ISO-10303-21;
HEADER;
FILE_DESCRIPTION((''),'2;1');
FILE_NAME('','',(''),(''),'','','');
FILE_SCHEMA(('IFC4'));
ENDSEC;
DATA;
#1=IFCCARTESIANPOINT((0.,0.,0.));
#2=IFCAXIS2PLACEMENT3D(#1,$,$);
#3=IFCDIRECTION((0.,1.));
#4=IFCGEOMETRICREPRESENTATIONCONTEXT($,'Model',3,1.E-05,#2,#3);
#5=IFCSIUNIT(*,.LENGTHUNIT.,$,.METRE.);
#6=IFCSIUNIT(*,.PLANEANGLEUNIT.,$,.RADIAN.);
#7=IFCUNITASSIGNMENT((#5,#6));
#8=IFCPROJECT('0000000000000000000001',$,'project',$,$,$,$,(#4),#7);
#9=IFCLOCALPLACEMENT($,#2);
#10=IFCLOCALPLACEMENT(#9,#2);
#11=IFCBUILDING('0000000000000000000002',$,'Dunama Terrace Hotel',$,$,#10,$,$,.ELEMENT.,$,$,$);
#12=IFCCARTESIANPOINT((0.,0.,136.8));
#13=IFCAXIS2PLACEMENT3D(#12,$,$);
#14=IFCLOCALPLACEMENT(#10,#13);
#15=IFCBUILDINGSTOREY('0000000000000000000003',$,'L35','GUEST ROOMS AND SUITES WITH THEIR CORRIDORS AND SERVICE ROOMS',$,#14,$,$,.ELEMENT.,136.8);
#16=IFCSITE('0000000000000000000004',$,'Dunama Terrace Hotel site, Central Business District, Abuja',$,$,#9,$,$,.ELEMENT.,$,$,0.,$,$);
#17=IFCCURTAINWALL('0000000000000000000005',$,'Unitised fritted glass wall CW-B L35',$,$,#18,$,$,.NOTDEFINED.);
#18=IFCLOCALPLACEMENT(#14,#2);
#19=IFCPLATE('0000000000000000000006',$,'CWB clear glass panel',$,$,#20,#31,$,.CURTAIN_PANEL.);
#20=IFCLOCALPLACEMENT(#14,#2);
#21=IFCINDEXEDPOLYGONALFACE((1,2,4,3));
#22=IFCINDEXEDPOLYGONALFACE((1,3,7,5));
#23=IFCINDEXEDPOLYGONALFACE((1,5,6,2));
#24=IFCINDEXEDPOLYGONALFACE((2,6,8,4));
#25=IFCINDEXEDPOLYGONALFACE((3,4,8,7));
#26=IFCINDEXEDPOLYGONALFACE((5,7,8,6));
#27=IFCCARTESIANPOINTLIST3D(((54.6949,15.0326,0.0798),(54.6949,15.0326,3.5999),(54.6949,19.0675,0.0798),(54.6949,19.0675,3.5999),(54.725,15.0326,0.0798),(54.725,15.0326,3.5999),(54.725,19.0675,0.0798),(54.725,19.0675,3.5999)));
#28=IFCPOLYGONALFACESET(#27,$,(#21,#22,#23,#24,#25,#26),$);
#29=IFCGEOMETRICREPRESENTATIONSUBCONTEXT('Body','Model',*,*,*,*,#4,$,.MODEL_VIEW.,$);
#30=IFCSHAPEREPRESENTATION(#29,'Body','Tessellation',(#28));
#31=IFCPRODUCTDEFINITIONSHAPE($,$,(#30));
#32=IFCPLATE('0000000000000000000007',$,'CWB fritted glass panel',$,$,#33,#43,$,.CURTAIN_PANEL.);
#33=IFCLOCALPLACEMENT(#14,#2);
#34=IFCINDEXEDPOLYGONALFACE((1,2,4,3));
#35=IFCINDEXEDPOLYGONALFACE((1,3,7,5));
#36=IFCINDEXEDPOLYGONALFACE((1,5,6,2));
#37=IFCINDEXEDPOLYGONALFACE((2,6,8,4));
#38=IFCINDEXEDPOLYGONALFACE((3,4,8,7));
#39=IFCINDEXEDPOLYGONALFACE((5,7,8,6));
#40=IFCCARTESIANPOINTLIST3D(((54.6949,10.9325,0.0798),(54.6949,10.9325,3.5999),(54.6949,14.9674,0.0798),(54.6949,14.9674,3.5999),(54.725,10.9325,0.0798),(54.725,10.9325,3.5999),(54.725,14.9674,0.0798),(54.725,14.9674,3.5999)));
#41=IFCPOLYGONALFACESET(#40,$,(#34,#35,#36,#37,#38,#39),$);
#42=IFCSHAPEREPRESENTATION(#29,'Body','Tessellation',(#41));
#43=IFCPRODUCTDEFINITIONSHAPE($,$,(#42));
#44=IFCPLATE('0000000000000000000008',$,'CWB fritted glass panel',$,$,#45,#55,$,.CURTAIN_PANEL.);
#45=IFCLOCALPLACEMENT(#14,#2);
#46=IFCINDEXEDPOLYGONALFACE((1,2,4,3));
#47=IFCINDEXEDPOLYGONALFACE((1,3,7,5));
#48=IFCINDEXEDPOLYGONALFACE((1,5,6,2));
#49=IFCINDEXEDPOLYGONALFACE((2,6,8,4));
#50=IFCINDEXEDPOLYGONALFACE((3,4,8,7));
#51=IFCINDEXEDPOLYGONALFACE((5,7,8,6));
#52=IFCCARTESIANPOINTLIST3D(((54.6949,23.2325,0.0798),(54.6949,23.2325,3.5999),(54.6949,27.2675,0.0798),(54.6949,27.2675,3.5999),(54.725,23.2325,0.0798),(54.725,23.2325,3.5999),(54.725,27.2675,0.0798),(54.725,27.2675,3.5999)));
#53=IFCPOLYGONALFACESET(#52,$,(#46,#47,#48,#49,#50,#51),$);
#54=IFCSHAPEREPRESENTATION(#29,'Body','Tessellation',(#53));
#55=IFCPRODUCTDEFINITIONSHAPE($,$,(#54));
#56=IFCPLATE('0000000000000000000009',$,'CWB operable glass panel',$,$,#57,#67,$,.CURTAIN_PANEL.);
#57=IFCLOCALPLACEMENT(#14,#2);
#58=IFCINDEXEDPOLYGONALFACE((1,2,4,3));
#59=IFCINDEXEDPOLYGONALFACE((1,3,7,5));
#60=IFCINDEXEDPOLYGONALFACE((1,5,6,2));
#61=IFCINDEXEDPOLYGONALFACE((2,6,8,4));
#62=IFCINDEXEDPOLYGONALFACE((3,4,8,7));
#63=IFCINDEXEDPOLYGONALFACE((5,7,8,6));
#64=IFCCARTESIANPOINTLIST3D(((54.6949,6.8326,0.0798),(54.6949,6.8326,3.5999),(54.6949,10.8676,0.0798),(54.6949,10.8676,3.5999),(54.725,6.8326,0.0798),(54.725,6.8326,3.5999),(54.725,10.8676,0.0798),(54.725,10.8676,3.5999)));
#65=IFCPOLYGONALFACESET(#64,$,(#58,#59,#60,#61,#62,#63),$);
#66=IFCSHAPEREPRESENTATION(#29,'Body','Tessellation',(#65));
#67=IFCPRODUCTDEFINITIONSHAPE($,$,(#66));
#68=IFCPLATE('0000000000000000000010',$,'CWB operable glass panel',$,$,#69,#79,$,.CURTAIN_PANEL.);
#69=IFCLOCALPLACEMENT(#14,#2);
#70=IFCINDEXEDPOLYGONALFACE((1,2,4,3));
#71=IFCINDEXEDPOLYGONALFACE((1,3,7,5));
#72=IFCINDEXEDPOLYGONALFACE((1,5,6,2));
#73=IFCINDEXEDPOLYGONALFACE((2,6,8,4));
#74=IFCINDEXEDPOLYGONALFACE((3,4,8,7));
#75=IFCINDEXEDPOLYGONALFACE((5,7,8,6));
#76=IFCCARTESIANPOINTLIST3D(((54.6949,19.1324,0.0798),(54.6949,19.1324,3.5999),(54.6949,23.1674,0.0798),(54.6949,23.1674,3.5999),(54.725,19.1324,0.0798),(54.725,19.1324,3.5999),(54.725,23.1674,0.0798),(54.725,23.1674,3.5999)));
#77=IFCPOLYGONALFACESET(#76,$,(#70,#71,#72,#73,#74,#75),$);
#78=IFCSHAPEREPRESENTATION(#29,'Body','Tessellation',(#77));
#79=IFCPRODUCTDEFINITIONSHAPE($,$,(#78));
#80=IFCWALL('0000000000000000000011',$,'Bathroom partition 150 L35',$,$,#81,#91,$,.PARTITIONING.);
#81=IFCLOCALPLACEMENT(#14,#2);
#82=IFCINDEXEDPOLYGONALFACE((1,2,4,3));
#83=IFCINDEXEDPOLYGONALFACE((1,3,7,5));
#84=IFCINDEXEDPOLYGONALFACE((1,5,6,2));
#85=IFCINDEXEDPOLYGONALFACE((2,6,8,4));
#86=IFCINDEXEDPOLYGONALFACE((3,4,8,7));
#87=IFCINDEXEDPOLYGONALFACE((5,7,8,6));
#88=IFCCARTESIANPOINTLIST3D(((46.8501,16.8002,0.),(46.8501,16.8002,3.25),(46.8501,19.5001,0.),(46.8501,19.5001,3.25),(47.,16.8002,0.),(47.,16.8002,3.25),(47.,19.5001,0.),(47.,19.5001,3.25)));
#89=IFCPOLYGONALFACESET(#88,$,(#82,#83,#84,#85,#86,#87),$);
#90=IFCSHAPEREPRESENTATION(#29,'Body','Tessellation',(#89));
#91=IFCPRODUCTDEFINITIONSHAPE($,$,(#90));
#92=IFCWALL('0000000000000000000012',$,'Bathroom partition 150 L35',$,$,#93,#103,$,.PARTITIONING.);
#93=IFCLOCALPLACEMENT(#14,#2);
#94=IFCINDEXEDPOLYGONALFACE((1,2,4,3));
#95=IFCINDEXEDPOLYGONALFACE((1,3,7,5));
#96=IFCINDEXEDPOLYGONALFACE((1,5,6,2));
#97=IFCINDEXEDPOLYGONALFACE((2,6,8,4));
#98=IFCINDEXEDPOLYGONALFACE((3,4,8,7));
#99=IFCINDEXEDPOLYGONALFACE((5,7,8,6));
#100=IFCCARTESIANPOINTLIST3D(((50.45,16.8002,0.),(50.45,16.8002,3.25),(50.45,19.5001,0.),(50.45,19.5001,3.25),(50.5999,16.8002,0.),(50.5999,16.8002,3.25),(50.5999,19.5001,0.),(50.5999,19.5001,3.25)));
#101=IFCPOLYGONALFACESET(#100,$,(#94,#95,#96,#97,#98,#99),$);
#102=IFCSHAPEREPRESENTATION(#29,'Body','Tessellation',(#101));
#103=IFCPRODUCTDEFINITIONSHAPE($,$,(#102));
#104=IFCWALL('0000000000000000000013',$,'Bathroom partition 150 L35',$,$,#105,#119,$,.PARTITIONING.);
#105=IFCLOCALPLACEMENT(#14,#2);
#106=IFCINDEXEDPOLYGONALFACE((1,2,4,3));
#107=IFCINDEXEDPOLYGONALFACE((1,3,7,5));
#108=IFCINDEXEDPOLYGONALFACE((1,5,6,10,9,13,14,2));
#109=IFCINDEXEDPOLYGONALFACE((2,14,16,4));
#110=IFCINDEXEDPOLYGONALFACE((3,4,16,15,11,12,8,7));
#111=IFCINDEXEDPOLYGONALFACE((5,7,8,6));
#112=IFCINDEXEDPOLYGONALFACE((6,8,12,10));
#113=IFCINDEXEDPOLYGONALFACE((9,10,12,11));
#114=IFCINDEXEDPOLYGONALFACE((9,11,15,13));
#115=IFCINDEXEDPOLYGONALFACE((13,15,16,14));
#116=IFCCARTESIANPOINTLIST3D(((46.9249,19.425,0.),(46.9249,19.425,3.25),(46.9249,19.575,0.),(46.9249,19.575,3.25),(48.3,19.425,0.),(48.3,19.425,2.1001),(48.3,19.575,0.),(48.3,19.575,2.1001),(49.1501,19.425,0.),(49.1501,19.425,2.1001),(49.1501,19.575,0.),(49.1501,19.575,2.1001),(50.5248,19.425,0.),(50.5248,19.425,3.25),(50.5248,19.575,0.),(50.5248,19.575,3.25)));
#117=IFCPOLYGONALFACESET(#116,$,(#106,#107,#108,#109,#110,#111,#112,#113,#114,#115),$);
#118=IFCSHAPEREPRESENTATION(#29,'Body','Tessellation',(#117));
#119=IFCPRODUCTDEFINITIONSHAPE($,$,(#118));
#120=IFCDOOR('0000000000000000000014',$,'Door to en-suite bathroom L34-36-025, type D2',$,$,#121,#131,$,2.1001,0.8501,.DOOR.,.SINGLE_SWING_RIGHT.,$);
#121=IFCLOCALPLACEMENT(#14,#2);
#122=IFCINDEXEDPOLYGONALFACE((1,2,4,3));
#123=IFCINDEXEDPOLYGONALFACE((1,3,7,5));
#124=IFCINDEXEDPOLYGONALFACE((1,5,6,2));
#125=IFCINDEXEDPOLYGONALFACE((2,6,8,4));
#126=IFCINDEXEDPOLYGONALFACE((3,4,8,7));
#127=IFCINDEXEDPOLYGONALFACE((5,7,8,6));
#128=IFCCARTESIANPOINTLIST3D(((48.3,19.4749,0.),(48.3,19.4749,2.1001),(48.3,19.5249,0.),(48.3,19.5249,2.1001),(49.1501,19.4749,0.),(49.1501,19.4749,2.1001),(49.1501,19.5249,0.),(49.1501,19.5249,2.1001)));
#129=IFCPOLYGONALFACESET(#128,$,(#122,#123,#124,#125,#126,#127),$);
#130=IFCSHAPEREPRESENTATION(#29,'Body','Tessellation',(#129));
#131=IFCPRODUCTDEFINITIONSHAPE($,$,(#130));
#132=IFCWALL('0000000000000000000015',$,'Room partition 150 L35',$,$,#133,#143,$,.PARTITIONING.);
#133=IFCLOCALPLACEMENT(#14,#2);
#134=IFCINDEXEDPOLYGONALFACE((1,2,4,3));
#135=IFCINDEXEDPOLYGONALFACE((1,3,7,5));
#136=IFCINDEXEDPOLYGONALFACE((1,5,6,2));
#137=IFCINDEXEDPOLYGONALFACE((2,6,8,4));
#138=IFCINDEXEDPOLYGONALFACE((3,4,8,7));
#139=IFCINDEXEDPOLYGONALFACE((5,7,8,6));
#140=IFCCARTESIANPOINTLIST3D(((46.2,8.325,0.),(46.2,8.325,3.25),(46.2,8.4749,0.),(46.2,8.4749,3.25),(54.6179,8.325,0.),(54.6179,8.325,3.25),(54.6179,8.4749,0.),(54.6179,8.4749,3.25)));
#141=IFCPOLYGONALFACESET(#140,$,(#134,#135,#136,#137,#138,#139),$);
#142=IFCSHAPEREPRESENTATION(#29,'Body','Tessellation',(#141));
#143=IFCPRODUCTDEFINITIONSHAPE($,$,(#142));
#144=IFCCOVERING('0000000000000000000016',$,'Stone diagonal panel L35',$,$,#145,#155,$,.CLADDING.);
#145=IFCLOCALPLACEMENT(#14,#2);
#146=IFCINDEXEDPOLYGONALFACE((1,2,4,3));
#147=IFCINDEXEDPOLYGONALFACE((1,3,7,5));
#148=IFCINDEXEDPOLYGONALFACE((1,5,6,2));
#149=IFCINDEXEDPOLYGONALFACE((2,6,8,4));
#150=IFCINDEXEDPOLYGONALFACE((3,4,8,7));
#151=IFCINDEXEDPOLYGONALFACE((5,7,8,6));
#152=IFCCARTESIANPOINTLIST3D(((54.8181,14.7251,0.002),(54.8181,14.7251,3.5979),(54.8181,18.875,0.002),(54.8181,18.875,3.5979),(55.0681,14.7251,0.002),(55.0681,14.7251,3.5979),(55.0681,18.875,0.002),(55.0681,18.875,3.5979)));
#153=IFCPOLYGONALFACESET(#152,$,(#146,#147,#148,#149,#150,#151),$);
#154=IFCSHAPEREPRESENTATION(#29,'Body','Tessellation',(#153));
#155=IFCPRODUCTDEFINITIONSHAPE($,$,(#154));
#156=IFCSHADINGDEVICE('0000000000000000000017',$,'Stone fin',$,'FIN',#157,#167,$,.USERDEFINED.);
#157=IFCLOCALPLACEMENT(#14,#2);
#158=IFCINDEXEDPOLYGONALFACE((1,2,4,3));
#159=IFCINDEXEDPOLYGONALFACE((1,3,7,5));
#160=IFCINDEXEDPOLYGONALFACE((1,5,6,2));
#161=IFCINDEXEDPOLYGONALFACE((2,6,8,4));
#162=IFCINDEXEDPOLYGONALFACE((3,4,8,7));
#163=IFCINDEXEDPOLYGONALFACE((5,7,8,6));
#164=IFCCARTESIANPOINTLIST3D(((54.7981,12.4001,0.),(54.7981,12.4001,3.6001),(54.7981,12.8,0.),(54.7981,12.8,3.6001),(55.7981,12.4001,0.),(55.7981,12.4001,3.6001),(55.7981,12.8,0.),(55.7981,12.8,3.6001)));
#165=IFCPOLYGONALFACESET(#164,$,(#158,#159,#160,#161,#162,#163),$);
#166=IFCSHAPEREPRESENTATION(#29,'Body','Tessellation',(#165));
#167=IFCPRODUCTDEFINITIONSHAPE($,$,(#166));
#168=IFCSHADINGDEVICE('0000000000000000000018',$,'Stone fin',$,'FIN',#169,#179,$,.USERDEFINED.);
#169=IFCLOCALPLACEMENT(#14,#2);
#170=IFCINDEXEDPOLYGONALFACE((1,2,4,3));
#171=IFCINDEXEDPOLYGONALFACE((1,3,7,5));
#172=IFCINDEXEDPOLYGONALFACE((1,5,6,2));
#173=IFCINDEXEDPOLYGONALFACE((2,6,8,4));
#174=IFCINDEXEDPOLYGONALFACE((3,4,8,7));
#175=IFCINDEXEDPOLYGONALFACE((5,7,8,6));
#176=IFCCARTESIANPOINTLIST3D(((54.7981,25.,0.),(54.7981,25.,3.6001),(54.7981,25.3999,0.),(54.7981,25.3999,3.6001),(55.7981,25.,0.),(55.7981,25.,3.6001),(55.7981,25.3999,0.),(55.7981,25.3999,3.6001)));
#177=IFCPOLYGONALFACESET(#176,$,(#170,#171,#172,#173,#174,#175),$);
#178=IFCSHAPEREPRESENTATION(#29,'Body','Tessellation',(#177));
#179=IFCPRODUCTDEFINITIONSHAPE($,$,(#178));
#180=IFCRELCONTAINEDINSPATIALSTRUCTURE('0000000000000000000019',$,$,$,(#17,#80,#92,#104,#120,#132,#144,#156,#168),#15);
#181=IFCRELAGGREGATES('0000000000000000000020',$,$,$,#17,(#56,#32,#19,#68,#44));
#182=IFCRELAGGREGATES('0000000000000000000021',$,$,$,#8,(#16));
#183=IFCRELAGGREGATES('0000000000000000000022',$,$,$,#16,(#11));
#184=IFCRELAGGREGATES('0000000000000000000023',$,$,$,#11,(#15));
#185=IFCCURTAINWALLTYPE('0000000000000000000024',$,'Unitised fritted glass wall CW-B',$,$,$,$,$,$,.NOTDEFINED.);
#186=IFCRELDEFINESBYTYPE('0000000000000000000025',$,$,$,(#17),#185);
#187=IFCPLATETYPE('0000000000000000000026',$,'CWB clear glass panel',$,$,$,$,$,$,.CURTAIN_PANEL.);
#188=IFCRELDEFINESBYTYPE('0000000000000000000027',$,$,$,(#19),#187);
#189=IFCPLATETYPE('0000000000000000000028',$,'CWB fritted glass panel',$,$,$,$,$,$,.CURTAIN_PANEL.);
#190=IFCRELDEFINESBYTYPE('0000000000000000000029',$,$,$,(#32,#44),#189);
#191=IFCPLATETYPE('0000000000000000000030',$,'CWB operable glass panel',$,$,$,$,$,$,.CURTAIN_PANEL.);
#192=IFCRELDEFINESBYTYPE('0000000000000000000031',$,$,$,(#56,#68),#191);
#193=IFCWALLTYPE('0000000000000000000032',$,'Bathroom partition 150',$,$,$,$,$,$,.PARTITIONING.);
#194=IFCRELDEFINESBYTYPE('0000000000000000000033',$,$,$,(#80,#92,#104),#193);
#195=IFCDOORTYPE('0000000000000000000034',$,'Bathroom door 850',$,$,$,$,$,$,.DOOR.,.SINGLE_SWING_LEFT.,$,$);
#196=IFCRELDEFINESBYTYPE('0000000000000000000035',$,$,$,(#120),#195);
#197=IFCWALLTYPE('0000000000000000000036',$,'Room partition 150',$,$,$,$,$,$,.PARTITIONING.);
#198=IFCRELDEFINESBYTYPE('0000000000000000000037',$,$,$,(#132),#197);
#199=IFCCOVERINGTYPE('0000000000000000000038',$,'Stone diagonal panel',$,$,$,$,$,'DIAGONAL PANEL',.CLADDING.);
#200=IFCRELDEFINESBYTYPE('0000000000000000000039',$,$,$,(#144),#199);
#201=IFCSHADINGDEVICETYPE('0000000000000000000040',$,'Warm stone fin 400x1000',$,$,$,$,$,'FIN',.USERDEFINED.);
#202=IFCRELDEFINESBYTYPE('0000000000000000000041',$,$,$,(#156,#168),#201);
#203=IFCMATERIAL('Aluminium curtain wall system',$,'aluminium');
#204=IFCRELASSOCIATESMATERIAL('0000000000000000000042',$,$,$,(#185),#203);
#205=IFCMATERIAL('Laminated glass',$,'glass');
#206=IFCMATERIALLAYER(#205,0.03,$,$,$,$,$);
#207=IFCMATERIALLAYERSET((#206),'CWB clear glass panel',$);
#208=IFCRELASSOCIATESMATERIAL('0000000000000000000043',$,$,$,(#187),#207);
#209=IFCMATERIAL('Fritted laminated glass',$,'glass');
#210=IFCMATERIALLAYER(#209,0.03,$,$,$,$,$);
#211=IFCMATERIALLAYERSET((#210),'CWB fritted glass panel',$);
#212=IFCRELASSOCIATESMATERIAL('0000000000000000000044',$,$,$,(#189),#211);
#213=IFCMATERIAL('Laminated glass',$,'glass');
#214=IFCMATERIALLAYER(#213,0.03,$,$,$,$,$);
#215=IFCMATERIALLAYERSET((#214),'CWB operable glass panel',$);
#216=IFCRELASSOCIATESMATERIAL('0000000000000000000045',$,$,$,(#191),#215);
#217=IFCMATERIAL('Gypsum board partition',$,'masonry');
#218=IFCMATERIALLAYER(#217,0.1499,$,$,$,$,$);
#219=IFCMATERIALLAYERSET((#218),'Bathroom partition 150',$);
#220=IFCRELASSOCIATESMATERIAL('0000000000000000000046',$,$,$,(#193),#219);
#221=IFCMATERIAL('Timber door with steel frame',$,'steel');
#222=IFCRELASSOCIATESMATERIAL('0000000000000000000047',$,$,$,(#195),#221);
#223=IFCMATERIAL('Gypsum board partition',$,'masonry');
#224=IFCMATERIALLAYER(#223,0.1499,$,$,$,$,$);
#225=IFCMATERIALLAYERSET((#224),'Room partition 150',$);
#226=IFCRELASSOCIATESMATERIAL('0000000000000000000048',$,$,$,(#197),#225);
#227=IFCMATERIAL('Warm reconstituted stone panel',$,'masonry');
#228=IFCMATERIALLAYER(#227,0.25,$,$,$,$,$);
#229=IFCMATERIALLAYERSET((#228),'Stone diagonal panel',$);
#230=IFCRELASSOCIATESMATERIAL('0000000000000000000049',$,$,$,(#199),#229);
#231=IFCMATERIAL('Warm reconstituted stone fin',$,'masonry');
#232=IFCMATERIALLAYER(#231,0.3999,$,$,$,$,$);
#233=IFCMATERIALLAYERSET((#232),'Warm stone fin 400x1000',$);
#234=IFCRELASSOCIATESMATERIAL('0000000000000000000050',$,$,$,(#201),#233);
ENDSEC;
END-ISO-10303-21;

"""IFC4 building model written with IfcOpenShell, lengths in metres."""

from ifc_helpers import new_model, si_unit, direction, frame, frame_2d, origin, origin_2d, place, context, subcontext, project, spatial, rectangle, extrude, material, layer, layer_set, type_object, element, fill, aggregate, save


model = new_model("IFC4")

# Units and contexts
model_context = context("Model", 3, precision=1e-05, world=origin(), true_north=direction((0.0, 1.0)))
body_context = subcontext(model_context, "Body", "Model", "MODEL_VIEW")
ifc_project = project(units=[si_unit("LENGTHUNIT", "METRE"), si_unit("PLANEANGLEUNIT", "RADIAN")], contexts=[model_context])

# Site, building, storey
site_placement = place(None, origin())
site = spatial("IfcSite", under=ifc_project, at=site_placement, Name="Dunama Terrace Hotel site, Central Business District, Abuja", CompositionType="ELEMENT", RefElevation=0.0)
building_placement = place(site_placement, origin())
building = spatial("IfcBuilding", under=site, at=building_placement, Name="Dunama Terrace Hotel", CompositionType="ELEMENT")
storey_placement = place(building_placement, frame((0.0, 0.0, 136.8)))
storey = spatial("IfcBuildingStorey", under=building, at=storey_placement, Name="L35", Description="GUEST ROOMS AND SUITES WITH THEIR CORRIDORS AND SERVICE ROOMS", CompositionType="ELEMENT", Elevation=136.8)

# Curtain wall
ifc_material_1 = material(Name="Aluminium curtain wall system", Category="aluminium")
curtain_wall_type = type_object("IfcCurtainWallType", Name="Unitised fritted glass wall CW-B", PredefinedType="NOTDEFINED", material=ifc_material_1)
curtain_wall_placement = place(storey_placement, origin())
curtain_wall = element("IfcCurtainWall", 1, at=curtain_wall_placement, inside=storey, type_object=curtain_wall_type, Name="Unitised fritted glass wall CW-B L35", PredefinedType="NOTDEFINED")

# Plates
ifc_material_2 = material(Name="Laminated glass", Category="glass")
ifc_layer_1 = layer(ifc_material_2, 0.03)
ifc_layer_set_1 = layer_set([ifc_layer_1], Name="CWB clear glass panel")
plate_type_1 = type_object("IfcPlateType", Name="CWB clear glass panel", PredefinedType="CURTAIN_PANEL", material=ifc_layer_set_1)
plate_1_placement = place(storey_placement, frame((54.71, 17.05, 0.0798), z_axis=(0.0, 0.0, 1.0), x_axis=(0.0, 1.0, 0.0)))
plate_1 = element("IfcPlate", 2, at=plate_1_placement, type_object=plate_type_1, Name="CWB clear glass panel", PredefinedType="CURTAIN_PANEL", context=body_context, shape_type="SweptSolid", body=[
    extrude(rectangle(XDim=4.0349, YDim=0.03, at=origin_2d()), origin(), (0.0, 0.0, 1.0), 3.52),
])
ifc_material_3 = material(Name="Fritted laminated glass", Category="glass")
ifc_layer_2 = layer(ifc_material_3, 0.03)
ifc_layer_set_2 = layer_set([ifc_layer_2], Name="CWB fritted glass panel")
plate_type_2 = type_object("IfcPlateType", Name="CWB fritted glass panel", PredefinedType="CURTAIN_PANEL", material=ifc_layer_set_2)
plate_2_placement = place(storey_placement, frame((54.71, 12.95, 0.0798), z_axis=(0.0, 0.0, 1.0), x_axis=(0.0, 1.0, 0.0)))
plate_2 = element("IfcPlate", 3, at=plate_2_placement, type_object=plate_type_2, Name="CWB fritted glass panel", PredefinedType="CURTAIN_PANEL", context=body_context, shape_type="SweptSolid", body=[
    extrude(rectangle(XDim=4.0349, YDim=0.03, at=origin_2d()), origin(), (0.0, 0.0, 1.0), 3.52),
])
plate_3_placement = place(storey_placement, frame((54.71, 25.25, 0.0798), z_axis=(0.0, 0.0, 1.0), x_axis=(0.0, 1.0, 0.0)))
plate_3 = element("IfcPlate", 4, at=plate_3_placement, type_object=plate_type_2, Name="CWB fritted glass panel", PredefinedType="CURTAIN_PANEL", context=body_context, shape_type="SweptSolid", body=[
    extrude(rectangle(XDim=4.0349, YDim=0.03, at=origin_2d()), origin(), (0.0, 0.0, 1.0), 3.52),
])
ifc_material_4 = material(Name="Laminated glass", Category="glass")
ifc_layer_3 = layer(ifc_material_4, 0.03)
ifc_layer_set_3 = layer_set([ifc_layer_3], Name="CWB operable glass panel")
plate_type_3 = type_object("IfcPlateType", Name="CWB operable glass panel", PredefinedType="CURTAIN_PANEL", material=ifc_layer_set_3)
plate_4_placement = place(storey_placement, frame((54.71, 8.8501, 0.0798), z_axis=(0.0, 0.0, 1.0), x_axis=(0.0, 1.0, 0.0)))
plate_4 = element("IfcPlate", 5, at=plate_4_placement, type_object=plate_type_3, Name="CWB operable glass panel", PredefinedType="CURTAIN_PANEL", context=body_context, shape_type="SweptSolid", body=[
    extrude(rectangle(XDim=4.0349, YDim=0.03, at=origin_2d()), origin(), (0.0, 0.0, 1.0), 3.52),
])
plate_5_placement = place(storey_placement, frame((54.71, 21.1499, 0.0798), z_axis=(0.0, 0.0, 1.0), x_axis=(0.0, 1.0, 0.0)))
plate_5 = element("IfcPlate", 6, at=plate_5_placement, type_object=plate_type_3, Name="CWB operable glass panel", PredefinedType="CURTAIN_PANEL", context=body_context, shape_type="SweptSolid", body=[
    extrude(rectangle(XDim=4.0349, YDim=0.03, at=origin_2d()), origin(), (0.0, 0.0, 1.0), 3.52),
])
aggregate(curtain_wall, [plate_4, plate_2, plate_1, plate_5, plate_3])

# Walls
ifc_material_5 = material(Name="Gypsum board partition", Category="masonry")
ifc_layer_4 = layer(ifc_material_5, 0.1499)
ifc_layer_set_4 = layer_set([ifc_layer_4], Name="Bathroom partition 150")
wall_type_1 = type_object("IfcWallType", Name="Bathroom partition 150", PredefinedType="PARTITIONING", material=ifc_layer_set_4)
for number, where, z_axis, x_axis, name in (
    (7, (46.925, 16.8, 0.0), (0.0, 0.0, 1.0), (0.0, 1.0, 0.0), "Bathroom partition 150 L35"),
    (8, (50.5249, 16.8, 0.0), (0.0, 0.0, 1.0), (0.0, 1.0, 0.0), "Bathroom partition 150 L35"),
):
    element("IfcWall", number, at=place(storey_placement, frame(where, z_axis=z_axis, x_axis=x_axis)), inside=storey, type_object=wall_type_1, Name=name, PredefinedType="PARTITIONING", context=body_context, shape_type="SweptSolid", body=[
        extrude(rectangle(XDim=2.7, YDim=0.1499, at=frame_2d((1.3501, 0.0))), origin(), (0.0, 0.0, 1.0), 3.25),
    ])

# Wall, opening, door
wall_1_placement = place(storey_placement, frame((46.925, 19.5, 0.0), z_axis=(0.0, 0.0, 1.0), x_axis=(1.0, 0.0, 0.0)))
wall_1 = element("IfcWall", 9, at=wall_1_placement, inside=storey, type_object=wall_type_1, Name="Bathroom partition 150 L35", PredefinedType="PARTITIONING", context=body_context, shape_type="SweptSolid", body=[
    extrude(rectangle(XDim=3.5999, YDim=0.1499, at=frame_2d((1.7998, 0.0))), origin(), (0.0, 0.0, 1.0), 3.25),
])
opening_placement = place(wall_1_placement, frame((1.375, 0.0, 0.0)))
opening = element("IfcOpeningElement", 10, at=opening_placement, cuts=wall_1, PredefinedType="OPENING", context=body_context, shape_type="SweptSolid", body=[
    extrude(rectangle(XDim=0.8501, YDim=2.1001, at=frame_2d((0.425, 1.05))), frame((0.0, 0.085, 0.0), z_axis=(0.0, -1.0, 0.0), x_axis=(1.0, 0.0, 0.0)), (0.0, 0.0, 1.0), 0.1699),
])
ifc_material_6 = material(Name="Timber door with steel frame", Category="steel")
door_type = type_object("IfcDoorType", Name="Bathroom door 850", OperationType="SINGLE_SWING_LEFT", PredefinedType="DOOR", material=ifc_material_6)
door_placement = place(opening_placement, frame((0.8501, 0.0, 0.0), z_axis=(0.0, 0.0, 1.0), x_axis=(-1.0, 0.0, 0.0)))
door = element("IfcDoor", 11, at=door_placement, inside=storey, type_object=door_type, Name="Door to en-suite bathroom L34-36-025, type D2", OperationType="SINGLE_SWING_RIGHT", OverallHeight=2.1001, OverallWidth=0.8501, PredefinedType="DOOR", context=body_context, shape_type="SweptSolid", body=[
    extrude(rectangle(XDim=0.8501, YDim=2.1001, at=frame_2d((0.425, 1.05))), frame((0.0, 0.0251, 0.0), z_axis=(0.0, -1.0, 0.0), x_axis=(1.0, 0.0, 0.0)), (0.0, 0.0, 1.0), 0.05),
])
fill(opening, door)

# Wall
ifc_material_7 = material(Name="Gypsum board partition", Category="masonry")
ifc_layer_5 = layer(ifc_material_7, 0.1499)
ifc_layer_set_5 = layer_set([ifc_layer_5], Name="Room partition 150")
wall_type_2 = type_object("IfcWallType", Name="Room partition 150", PredefinedType="PARTITIONING", material=ifc_layer_set_5)
wall_2_placement = place(storey_placement, frame((46.2, 8.3999, 0.0), z_axis=(0.0, 0.0, 1.0), x_axis=(1.0, 0.0, 0.0)))
element("IfcWall", 12, at=wall_2_placement, inside=storey, type_object=wall_type_2, Name="Room partition 150 L35", PredefinedType="PARTITIONING", context=body_context, shape_type="SweptSolid", body=[
    extrude(rectangle(XDim=8.418, YDim=0.1499, at=frame_2d((4.209, 0.0))), origin(), (0.0, 0.0, 1.0), 3.25),
])

# Covering
ifc_material_8 = material(Name="Warm reconstituted stone panel", Category="masonry")
ifc_layer_6 = layer(ifc_material_8, 0.25)
ifc_layer_set_6 = layer_set([ifc_layer_6], Name="Stone diagonal panel")
covering_type = type_object("IfcCoveringType", Name="Stone diagonal panel", ElementType="DIAGONAL PANEL", PredefinedType="CLADDING", material=ifc_layer_set_6)
covering_placement = place(storey_placement, frame((54.9431, 16.8, 0.002), z_axis=(0.0, 0.0, 1.0), x_axis=(0.0, 1.0, 0.0)))
element("IfcCovering", 13, at=covering_placement, inside=storey, type_object=covering_type, Name="Stone diagonal panel L35", PredefinedType="CLADDING", context=body_context, shape_type="SweptSolid", body=[
    extrude(rectangle(XDim=4.1499, YDim=0.25, at=origin_2d()), origin(), (0.0, 0.0, 1.0), 3.5959),
])

# Shading devices
ifc_material_9 = material(Name="Warm reconstituted stone fin", Category="masonry")
ifc_layer_7 = layer(ifc_material_9, 0.3999)
ifc_layer_set_7 = layer_set([ifc_layer_7], Name="Warm stone fin 400x1000")
shading_device_type = type_object("IfcShadingDeviceType", Name="Warm stone fin 400x1000", ElementType="FIN", PredefinedType="USERDEFINED", material=ifc_layer_set_7)
for number, where, z_axis, x_axis, name in (
    (14, (55.2981, 12.6001, 0.0), (0.0, 0.0, 1.0), (0.0, 1.0, 0.0), "Stone fin"),
    (15, (55.2981, 25.2, 0.0), (0.0, 0.0, 1.0), (0.0, 1.0, 0.0), "Stone fin"),
):
    element("IfcShadingDevice", number, at=place(storey_placement, frame(where, z_axis=z_axis, x_axis=x_axis)), inside=storey, type_object=shading_device_type, Name=name, ObjectType="FIN", PredefinedType="USERDEFINED", context=body_context, shape_type="SweptSolid", body=[
        extrude(rectangle(XDim=0.3999, YDim=1.0, at=origin_2d()), origin(), (0.0, 0.0, 1.0), 3.6001),
    ])

save(model, "model.ifc")
